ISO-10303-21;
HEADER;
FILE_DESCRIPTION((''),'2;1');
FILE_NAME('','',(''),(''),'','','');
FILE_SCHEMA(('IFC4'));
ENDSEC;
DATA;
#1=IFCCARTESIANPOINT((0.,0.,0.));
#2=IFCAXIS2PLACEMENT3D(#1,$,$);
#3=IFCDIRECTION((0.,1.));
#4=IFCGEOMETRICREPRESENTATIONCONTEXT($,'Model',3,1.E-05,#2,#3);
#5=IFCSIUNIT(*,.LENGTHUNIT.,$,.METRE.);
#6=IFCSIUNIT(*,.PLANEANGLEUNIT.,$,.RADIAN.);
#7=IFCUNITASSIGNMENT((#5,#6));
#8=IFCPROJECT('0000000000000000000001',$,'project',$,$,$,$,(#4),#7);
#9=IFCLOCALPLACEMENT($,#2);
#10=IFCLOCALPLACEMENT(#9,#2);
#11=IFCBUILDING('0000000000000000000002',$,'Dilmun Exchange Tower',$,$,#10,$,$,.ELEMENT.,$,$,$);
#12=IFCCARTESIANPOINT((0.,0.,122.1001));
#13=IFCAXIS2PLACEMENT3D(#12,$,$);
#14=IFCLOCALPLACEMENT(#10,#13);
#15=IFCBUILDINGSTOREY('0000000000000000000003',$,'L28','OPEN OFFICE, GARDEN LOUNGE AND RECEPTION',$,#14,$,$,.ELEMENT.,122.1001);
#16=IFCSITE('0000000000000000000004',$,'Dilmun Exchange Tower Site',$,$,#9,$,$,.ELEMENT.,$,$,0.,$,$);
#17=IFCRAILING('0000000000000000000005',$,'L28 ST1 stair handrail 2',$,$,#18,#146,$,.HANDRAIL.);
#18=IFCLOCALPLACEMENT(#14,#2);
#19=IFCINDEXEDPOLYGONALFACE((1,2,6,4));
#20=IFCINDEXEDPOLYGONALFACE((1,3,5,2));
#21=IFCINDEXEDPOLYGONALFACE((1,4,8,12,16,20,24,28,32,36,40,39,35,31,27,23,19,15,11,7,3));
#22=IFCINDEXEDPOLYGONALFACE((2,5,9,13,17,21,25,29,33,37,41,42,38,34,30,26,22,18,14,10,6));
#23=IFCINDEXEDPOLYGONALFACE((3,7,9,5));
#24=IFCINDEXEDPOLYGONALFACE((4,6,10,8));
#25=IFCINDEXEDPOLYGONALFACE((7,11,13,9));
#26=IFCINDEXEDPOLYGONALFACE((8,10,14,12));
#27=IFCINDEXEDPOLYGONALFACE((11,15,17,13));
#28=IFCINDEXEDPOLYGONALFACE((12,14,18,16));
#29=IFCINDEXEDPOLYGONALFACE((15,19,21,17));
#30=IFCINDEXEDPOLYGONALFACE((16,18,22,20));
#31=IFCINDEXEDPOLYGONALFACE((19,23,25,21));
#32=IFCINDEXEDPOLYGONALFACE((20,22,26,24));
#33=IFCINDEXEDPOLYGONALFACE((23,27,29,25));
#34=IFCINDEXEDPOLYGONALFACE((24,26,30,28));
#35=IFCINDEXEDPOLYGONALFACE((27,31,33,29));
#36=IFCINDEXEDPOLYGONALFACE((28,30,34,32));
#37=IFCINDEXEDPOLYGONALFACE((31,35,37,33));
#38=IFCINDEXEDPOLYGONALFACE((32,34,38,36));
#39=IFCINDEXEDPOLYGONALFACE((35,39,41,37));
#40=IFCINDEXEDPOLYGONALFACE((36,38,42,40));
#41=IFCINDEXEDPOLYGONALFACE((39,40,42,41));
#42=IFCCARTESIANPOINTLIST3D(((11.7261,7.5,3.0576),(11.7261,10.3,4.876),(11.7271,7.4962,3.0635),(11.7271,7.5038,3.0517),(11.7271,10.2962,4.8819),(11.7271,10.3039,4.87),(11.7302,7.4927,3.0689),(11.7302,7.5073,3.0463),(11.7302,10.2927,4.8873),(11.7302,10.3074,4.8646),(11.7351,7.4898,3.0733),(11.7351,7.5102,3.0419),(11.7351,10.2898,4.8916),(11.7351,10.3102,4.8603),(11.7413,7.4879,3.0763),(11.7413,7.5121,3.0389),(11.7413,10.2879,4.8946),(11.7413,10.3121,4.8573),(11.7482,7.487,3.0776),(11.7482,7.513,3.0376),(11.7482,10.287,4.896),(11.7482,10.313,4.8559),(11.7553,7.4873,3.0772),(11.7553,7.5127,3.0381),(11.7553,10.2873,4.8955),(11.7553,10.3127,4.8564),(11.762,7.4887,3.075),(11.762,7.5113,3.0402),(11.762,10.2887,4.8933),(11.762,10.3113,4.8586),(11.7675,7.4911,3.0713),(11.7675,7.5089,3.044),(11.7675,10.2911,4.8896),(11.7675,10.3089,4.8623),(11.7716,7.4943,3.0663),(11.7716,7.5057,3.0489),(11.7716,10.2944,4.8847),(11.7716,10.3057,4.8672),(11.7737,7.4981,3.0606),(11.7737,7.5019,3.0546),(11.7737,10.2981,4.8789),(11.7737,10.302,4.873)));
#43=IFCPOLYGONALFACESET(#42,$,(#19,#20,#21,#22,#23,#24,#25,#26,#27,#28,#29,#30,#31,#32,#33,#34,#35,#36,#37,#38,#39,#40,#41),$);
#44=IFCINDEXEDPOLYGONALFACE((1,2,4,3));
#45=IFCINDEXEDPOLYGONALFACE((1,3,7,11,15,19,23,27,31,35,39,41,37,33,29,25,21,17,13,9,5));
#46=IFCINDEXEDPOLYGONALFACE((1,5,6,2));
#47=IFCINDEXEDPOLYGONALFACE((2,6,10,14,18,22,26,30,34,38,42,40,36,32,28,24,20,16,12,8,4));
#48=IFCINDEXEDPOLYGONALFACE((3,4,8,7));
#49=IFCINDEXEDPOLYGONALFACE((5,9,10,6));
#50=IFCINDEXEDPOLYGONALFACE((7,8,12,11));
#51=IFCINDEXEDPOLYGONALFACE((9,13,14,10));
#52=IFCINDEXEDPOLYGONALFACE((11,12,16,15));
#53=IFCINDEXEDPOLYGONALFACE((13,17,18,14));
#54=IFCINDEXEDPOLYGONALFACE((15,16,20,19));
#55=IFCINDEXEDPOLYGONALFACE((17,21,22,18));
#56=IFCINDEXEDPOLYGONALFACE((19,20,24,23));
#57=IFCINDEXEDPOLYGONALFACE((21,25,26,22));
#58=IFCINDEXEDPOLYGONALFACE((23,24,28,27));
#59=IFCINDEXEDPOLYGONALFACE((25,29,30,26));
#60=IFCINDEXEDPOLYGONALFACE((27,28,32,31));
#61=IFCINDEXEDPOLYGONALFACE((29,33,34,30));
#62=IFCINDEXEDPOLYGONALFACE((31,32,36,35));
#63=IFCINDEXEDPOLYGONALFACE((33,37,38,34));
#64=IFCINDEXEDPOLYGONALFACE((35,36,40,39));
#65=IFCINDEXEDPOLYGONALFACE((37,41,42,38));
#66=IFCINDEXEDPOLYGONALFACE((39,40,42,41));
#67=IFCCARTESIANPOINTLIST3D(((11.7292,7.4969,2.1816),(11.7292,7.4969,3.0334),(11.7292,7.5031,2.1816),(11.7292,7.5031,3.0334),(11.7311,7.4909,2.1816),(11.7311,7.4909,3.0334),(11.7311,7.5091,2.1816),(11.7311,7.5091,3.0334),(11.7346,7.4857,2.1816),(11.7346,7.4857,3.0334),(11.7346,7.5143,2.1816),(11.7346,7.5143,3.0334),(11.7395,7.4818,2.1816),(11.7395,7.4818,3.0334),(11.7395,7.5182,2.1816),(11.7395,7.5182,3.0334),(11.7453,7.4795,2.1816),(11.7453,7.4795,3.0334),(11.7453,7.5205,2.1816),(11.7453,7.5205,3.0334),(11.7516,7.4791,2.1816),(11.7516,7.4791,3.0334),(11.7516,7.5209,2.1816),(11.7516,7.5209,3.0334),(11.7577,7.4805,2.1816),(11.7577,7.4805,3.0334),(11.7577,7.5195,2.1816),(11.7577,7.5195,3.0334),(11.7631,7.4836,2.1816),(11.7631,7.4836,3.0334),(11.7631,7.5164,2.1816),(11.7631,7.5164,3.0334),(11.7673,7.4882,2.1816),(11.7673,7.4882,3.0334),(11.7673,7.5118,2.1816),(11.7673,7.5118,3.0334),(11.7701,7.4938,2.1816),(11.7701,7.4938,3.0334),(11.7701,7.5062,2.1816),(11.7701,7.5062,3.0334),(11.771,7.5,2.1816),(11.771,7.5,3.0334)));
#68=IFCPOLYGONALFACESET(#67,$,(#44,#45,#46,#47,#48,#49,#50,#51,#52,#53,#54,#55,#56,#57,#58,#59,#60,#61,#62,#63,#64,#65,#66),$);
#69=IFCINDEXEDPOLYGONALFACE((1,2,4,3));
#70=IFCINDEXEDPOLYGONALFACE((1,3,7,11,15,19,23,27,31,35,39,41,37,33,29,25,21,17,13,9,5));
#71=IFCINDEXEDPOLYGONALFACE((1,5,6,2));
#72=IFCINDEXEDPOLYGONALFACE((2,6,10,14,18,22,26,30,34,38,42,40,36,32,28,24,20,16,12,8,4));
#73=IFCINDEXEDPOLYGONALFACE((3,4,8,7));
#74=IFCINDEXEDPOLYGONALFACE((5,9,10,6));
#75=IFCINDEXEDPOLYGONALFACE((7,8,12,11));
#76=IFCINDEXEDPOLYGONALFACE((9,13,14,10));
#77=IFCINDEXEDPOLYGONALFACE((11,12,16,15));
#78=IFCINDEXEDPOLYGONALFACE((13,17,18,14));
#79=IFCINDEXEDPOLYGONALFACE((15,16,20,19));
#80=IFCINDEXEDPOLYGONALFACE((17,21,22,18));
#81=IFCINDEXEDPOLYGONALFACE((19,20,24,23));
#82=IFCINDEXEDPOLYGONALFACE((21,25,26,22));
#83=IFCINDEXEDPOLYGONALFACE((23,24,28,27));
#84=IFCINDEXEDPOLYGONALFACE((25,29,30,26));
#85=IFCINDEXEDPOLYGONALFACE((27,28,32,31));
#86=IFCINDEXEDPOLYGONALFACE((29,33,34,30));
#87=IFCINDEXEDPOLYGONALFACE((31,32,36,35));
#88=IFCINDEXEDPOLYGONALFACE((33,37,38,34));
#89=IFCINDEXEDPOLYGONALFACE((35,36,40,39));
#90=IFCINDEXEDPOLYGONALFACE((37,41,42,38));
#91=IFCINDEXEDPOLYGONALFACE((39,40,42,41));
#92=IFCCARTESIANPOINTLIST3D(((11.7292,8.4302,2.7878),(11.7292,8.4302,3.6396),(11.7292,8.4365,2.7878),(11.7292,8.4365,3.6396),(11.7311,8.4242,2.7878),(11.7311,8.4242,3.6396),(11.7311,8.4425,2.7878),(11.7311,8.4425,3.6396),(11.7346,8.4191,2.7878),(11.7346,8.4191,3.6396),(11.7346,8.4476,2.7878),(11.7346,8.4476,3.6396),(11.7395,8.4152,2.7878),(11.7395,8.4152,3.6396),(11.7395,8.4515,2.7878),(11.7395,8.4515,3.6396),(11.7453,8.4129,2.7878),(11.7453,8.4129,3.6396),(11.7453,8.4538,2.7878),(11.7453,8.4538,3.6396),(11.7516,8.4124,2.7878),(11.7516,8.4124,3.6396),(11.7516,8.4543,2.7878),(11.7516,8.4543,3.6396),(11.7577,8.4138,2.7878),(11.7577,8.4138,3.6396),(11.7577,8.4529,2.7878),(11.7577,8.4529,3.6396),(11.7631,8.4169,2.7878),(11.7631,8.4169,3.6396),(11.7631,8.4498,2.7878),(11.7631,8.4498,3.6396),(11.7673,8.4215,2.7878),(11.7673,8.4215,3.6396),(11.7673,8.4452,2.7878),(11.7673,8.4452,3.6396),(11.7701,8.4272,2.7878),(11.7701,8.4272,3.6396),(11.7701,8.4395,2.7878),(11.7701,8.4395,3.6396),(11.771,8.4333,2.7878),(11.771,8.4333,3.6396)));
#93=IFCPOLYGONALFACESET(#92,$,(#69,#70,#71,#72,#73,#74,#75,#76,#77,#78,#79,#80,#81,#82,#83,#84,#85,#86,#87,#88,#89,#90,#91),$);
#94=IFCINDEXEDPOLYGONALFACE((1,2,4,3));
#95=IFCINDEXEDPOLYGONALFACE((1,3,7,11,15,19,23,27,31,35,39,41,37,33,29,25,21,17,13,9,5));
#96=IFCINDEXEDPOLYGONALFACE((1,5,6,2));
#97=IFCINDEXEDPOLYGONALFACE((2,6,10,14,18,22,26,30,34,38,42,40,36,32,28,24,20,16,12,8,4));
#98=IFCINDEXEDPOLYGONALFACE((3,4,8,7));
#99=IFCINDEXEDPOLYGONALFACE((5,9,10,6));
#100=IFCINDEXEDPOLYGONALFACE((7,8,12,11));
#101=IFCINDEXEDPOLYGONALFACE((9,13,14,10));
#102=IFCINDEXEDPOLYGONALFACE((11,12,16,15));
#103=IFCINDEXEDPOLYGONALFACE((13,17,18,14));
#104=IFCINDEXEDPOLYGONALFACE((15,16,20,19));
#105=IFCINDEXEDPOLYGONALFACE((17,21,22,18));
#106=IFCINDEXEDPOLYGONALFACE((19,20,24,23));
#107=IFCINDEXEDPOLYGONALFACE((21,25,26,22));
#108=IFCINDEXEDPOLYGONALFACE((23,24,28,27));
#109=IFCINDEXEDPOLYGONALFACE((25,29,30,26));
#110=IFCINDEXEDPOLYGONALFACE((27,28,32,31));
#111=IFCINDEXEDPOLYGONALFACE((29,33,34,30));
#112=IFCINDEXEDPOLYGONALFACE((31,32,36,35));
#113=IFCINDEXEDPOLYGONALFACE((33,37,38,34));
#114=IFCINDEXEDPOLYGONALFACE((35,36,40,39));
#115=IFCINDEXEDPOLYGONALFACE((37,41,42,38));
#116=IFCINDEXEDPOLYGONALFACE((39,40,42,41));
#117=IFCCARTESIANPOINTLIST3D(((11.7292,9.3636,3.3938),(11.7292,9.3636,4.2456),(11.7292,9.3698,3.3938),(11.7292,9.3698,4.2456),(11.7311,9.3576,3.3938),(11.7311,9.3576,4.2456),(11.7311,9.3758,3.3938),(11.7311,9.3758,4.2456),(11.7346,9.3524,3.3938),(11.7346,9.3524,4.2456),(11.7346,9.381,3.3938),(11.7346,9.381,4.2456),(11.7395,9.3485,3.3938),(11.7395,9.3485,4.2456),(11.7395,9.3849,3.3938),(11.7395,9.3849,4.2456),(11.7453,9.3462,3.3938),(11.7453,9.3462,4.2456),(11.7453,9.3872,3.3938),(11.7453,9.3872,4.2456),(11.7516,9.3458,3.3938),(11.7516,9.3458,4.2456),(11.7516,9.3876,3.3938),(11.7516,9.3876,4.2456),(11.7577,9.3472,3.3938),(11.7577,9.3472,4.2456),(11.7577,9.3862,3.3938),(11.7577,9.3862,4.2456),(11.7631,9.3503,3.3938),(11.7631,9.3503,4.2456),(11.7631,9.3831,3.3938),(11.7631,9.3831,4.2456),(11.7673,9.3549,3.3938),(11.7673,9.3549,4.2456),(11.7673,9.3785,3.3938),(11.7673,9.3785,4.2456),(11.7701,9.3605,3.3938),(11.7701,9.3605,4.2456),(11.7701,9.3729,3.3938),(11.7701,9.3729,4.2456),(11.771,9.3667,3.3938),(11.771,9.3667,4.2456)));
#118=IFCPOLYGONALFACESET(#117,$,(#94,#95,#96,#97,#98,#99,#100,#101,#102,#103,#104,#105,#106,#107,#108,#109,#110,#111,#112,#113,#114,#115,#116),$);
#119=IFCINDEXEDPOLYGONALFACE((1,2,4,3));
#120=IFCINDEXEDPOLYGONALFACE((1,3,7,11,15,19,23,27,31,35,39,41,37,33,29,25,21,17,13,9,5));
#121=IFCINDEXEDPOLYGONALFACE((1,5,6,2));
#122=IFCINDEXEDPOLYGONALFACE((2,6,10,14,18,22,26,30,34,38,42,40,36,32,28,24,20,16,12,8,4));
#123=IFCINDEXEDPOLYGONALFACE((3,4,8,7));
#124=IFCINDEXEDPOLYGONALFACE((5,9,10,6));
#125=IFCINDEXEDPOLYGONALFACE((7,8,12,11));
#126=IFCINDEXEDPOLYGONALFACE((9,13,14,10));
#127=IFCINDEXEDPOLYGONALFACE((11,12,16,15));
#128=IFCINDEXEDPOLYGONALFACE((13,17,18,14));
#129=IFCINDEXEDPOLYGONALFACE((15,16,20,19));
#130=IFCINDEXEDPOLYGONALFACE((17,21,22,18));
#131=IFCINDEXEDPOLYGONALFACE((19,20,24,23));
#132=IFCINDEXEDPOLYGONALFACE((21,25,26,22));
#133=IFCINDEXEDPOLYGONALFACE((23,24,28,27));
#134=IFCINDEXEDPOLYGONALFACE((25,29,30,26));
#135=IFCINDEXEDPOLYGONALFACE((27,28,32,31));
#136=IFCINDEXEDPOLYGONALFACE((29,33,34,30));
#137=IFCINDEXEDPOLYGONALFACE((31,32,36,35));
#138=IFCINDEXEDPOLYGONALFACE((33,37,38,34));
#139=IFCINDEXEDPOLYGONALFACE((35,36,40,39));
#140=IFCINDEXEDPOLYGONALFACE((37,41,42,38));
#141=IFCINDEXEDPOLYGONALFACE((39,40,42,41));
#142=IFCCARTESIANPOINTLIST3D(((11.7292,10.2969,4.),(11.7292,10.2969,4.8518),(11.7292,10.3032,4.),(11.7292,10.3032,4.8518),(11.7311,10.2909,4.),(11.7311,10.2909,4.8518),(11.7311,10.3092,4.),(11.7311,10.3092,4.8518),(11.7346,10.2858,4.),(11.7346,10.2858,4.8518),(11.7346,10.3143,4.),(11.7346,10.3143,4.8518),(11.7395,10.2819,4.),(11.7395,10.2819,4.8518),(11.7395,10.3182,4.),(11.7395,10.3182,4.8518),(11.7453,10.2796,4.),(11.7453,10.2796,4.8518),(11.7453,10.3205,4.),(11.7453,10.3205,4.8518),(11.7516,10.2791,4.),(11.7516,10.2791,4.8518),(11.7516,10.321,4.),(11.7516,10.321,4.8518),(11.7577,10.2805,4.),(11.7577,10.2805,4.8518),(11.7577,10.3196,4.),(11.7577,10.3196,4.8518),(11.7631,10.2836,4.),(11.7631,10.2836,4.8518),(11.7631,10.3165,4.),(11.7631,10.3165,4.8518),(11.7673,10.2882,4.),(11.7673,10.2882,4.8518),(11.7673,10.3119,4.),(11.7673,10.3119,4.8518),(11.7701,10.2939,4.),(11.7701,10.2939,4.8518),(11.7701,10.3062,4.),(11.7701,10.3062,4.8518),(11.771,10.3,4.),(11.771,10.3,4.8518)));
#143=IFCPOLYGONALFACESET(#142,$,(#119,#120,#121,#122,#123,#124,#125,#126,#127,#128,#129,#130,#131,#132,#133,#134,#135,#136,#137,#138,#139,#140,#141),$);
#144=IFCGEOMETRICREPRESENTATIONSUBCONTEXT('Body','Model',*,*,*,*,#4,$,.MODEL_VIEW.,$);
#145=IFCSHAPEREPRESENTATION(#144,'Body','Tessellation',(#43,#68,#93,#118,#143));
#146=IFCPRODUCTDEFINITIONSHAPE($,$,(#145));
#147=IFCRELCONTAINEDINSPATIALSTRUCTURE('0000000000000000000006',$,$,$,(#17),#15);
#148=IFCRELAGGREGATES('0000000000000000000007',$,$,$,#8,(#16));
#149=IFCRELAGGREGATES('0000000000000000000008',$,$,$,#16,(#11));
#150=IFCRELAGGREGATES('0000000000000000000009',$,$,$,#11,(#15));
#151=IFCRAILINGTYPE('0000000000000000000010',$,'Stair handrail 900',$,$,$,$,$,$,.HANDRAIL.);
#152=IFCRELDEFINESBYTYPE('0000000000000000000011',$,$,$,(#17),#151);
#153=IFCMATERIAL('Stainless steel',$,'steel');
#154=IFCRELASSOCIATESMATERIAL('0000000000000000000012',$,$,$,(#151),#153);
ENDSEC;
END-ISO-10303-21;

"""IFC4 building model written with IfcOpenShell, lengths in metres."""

from ifc_helpers import new_model, si_unit, direction, frame, origin, origin_2d, place, context, subcontext, project, spatial, circle, extrude, material, type_object, element, save


model = new_model("IFC4")

# Units and contexts
model_context = context("Model", 3, precision=1e-05, world=origin(), true_north=direction((0.0, 1.0)))
body_context = subcontext(model_context, "Body", "Model", "MODEL_VIEW")
ifc_project = project(units=[si_unit("LENGTHUNIT", "METRE"), si_unit("PLANEANGLEUNIT", "RADIAN")], contexts=[model_context])

# Site, building, storey
site_placement = place(None, origin())
site = spatial("IfcSite", under=ifc_project, at=site_placement, Name="Dilmun Exchange Tower Site", CompositionType="ELEMENT", RefElevation=0.0)
building_placement = place(site_placement, origin())
building = spatial("IfcBuilding", under=site, at=building_placement, Name="Dilmun Exchange Tower", CompositionType="ELEMENT")
storey_placement = place(building_placement, frame((0.0, 0.0, 122.1001)))
storey = spatial("IfcBuildingStorey", under=building, at=storey_placement, Name="L28", Description="OPEN OFFICE, GARDEN LOUNGE AND RECEPTION", CompositionType="ELEMENT", Elevation=122.1001)

# Railing
ifc_material_1 = material(Name="Stainless steel", Category="steel")
railing_type = type_object("IfcRailingType", Name="Stair handrail 900", PredefinedType="HANDRAIL", material=ifc_material_1)
railing_1_placement = place(storey_placement, frame((11.75, 7.5, 2.1816)))
element("IfcRailing", 1, at=railing_1_placement, inside=storey, type_object=railing_type, Name="L28 ST1 stair handrail 2", PredefinedType="HANDRAIL", context=body_context, shape_type="SweptSolid", body=[
    extrude(circle(Radius=0.0239, at=origin_2d()), frame((0.0, 0.0, 0.876), z_axis=(0.0, 0.838672, 0.544636), x_axis=(-1.0, 0.0, 0.0)), (0.0, 0.0, 1.0), 3.3386),
    extrude(circle(Radius=0.021, at=origin_2d()), origin(), (0.0, 0.0, 1.0), 0.8518),
    extrude(circle(Radius=0.021, at=origin_2d()), frame((0.0, 0.9333, 0.6062)), (0.0, 0.0, 1.0), 0.8518),
    extrude(circle(Radius=0.021, at=origin_2d()), frame((0.0, 1.8667, 1.2122)), (0.0, 0.0, 1.0), 0.8518),
    extrude(circle(Radius=0.021, at=origin_2d()), frame((0.0, 2.8, 1.8184)), (0.0, 0.0, 1.0), 0.8518),
])

save(model, "model.ifc")
